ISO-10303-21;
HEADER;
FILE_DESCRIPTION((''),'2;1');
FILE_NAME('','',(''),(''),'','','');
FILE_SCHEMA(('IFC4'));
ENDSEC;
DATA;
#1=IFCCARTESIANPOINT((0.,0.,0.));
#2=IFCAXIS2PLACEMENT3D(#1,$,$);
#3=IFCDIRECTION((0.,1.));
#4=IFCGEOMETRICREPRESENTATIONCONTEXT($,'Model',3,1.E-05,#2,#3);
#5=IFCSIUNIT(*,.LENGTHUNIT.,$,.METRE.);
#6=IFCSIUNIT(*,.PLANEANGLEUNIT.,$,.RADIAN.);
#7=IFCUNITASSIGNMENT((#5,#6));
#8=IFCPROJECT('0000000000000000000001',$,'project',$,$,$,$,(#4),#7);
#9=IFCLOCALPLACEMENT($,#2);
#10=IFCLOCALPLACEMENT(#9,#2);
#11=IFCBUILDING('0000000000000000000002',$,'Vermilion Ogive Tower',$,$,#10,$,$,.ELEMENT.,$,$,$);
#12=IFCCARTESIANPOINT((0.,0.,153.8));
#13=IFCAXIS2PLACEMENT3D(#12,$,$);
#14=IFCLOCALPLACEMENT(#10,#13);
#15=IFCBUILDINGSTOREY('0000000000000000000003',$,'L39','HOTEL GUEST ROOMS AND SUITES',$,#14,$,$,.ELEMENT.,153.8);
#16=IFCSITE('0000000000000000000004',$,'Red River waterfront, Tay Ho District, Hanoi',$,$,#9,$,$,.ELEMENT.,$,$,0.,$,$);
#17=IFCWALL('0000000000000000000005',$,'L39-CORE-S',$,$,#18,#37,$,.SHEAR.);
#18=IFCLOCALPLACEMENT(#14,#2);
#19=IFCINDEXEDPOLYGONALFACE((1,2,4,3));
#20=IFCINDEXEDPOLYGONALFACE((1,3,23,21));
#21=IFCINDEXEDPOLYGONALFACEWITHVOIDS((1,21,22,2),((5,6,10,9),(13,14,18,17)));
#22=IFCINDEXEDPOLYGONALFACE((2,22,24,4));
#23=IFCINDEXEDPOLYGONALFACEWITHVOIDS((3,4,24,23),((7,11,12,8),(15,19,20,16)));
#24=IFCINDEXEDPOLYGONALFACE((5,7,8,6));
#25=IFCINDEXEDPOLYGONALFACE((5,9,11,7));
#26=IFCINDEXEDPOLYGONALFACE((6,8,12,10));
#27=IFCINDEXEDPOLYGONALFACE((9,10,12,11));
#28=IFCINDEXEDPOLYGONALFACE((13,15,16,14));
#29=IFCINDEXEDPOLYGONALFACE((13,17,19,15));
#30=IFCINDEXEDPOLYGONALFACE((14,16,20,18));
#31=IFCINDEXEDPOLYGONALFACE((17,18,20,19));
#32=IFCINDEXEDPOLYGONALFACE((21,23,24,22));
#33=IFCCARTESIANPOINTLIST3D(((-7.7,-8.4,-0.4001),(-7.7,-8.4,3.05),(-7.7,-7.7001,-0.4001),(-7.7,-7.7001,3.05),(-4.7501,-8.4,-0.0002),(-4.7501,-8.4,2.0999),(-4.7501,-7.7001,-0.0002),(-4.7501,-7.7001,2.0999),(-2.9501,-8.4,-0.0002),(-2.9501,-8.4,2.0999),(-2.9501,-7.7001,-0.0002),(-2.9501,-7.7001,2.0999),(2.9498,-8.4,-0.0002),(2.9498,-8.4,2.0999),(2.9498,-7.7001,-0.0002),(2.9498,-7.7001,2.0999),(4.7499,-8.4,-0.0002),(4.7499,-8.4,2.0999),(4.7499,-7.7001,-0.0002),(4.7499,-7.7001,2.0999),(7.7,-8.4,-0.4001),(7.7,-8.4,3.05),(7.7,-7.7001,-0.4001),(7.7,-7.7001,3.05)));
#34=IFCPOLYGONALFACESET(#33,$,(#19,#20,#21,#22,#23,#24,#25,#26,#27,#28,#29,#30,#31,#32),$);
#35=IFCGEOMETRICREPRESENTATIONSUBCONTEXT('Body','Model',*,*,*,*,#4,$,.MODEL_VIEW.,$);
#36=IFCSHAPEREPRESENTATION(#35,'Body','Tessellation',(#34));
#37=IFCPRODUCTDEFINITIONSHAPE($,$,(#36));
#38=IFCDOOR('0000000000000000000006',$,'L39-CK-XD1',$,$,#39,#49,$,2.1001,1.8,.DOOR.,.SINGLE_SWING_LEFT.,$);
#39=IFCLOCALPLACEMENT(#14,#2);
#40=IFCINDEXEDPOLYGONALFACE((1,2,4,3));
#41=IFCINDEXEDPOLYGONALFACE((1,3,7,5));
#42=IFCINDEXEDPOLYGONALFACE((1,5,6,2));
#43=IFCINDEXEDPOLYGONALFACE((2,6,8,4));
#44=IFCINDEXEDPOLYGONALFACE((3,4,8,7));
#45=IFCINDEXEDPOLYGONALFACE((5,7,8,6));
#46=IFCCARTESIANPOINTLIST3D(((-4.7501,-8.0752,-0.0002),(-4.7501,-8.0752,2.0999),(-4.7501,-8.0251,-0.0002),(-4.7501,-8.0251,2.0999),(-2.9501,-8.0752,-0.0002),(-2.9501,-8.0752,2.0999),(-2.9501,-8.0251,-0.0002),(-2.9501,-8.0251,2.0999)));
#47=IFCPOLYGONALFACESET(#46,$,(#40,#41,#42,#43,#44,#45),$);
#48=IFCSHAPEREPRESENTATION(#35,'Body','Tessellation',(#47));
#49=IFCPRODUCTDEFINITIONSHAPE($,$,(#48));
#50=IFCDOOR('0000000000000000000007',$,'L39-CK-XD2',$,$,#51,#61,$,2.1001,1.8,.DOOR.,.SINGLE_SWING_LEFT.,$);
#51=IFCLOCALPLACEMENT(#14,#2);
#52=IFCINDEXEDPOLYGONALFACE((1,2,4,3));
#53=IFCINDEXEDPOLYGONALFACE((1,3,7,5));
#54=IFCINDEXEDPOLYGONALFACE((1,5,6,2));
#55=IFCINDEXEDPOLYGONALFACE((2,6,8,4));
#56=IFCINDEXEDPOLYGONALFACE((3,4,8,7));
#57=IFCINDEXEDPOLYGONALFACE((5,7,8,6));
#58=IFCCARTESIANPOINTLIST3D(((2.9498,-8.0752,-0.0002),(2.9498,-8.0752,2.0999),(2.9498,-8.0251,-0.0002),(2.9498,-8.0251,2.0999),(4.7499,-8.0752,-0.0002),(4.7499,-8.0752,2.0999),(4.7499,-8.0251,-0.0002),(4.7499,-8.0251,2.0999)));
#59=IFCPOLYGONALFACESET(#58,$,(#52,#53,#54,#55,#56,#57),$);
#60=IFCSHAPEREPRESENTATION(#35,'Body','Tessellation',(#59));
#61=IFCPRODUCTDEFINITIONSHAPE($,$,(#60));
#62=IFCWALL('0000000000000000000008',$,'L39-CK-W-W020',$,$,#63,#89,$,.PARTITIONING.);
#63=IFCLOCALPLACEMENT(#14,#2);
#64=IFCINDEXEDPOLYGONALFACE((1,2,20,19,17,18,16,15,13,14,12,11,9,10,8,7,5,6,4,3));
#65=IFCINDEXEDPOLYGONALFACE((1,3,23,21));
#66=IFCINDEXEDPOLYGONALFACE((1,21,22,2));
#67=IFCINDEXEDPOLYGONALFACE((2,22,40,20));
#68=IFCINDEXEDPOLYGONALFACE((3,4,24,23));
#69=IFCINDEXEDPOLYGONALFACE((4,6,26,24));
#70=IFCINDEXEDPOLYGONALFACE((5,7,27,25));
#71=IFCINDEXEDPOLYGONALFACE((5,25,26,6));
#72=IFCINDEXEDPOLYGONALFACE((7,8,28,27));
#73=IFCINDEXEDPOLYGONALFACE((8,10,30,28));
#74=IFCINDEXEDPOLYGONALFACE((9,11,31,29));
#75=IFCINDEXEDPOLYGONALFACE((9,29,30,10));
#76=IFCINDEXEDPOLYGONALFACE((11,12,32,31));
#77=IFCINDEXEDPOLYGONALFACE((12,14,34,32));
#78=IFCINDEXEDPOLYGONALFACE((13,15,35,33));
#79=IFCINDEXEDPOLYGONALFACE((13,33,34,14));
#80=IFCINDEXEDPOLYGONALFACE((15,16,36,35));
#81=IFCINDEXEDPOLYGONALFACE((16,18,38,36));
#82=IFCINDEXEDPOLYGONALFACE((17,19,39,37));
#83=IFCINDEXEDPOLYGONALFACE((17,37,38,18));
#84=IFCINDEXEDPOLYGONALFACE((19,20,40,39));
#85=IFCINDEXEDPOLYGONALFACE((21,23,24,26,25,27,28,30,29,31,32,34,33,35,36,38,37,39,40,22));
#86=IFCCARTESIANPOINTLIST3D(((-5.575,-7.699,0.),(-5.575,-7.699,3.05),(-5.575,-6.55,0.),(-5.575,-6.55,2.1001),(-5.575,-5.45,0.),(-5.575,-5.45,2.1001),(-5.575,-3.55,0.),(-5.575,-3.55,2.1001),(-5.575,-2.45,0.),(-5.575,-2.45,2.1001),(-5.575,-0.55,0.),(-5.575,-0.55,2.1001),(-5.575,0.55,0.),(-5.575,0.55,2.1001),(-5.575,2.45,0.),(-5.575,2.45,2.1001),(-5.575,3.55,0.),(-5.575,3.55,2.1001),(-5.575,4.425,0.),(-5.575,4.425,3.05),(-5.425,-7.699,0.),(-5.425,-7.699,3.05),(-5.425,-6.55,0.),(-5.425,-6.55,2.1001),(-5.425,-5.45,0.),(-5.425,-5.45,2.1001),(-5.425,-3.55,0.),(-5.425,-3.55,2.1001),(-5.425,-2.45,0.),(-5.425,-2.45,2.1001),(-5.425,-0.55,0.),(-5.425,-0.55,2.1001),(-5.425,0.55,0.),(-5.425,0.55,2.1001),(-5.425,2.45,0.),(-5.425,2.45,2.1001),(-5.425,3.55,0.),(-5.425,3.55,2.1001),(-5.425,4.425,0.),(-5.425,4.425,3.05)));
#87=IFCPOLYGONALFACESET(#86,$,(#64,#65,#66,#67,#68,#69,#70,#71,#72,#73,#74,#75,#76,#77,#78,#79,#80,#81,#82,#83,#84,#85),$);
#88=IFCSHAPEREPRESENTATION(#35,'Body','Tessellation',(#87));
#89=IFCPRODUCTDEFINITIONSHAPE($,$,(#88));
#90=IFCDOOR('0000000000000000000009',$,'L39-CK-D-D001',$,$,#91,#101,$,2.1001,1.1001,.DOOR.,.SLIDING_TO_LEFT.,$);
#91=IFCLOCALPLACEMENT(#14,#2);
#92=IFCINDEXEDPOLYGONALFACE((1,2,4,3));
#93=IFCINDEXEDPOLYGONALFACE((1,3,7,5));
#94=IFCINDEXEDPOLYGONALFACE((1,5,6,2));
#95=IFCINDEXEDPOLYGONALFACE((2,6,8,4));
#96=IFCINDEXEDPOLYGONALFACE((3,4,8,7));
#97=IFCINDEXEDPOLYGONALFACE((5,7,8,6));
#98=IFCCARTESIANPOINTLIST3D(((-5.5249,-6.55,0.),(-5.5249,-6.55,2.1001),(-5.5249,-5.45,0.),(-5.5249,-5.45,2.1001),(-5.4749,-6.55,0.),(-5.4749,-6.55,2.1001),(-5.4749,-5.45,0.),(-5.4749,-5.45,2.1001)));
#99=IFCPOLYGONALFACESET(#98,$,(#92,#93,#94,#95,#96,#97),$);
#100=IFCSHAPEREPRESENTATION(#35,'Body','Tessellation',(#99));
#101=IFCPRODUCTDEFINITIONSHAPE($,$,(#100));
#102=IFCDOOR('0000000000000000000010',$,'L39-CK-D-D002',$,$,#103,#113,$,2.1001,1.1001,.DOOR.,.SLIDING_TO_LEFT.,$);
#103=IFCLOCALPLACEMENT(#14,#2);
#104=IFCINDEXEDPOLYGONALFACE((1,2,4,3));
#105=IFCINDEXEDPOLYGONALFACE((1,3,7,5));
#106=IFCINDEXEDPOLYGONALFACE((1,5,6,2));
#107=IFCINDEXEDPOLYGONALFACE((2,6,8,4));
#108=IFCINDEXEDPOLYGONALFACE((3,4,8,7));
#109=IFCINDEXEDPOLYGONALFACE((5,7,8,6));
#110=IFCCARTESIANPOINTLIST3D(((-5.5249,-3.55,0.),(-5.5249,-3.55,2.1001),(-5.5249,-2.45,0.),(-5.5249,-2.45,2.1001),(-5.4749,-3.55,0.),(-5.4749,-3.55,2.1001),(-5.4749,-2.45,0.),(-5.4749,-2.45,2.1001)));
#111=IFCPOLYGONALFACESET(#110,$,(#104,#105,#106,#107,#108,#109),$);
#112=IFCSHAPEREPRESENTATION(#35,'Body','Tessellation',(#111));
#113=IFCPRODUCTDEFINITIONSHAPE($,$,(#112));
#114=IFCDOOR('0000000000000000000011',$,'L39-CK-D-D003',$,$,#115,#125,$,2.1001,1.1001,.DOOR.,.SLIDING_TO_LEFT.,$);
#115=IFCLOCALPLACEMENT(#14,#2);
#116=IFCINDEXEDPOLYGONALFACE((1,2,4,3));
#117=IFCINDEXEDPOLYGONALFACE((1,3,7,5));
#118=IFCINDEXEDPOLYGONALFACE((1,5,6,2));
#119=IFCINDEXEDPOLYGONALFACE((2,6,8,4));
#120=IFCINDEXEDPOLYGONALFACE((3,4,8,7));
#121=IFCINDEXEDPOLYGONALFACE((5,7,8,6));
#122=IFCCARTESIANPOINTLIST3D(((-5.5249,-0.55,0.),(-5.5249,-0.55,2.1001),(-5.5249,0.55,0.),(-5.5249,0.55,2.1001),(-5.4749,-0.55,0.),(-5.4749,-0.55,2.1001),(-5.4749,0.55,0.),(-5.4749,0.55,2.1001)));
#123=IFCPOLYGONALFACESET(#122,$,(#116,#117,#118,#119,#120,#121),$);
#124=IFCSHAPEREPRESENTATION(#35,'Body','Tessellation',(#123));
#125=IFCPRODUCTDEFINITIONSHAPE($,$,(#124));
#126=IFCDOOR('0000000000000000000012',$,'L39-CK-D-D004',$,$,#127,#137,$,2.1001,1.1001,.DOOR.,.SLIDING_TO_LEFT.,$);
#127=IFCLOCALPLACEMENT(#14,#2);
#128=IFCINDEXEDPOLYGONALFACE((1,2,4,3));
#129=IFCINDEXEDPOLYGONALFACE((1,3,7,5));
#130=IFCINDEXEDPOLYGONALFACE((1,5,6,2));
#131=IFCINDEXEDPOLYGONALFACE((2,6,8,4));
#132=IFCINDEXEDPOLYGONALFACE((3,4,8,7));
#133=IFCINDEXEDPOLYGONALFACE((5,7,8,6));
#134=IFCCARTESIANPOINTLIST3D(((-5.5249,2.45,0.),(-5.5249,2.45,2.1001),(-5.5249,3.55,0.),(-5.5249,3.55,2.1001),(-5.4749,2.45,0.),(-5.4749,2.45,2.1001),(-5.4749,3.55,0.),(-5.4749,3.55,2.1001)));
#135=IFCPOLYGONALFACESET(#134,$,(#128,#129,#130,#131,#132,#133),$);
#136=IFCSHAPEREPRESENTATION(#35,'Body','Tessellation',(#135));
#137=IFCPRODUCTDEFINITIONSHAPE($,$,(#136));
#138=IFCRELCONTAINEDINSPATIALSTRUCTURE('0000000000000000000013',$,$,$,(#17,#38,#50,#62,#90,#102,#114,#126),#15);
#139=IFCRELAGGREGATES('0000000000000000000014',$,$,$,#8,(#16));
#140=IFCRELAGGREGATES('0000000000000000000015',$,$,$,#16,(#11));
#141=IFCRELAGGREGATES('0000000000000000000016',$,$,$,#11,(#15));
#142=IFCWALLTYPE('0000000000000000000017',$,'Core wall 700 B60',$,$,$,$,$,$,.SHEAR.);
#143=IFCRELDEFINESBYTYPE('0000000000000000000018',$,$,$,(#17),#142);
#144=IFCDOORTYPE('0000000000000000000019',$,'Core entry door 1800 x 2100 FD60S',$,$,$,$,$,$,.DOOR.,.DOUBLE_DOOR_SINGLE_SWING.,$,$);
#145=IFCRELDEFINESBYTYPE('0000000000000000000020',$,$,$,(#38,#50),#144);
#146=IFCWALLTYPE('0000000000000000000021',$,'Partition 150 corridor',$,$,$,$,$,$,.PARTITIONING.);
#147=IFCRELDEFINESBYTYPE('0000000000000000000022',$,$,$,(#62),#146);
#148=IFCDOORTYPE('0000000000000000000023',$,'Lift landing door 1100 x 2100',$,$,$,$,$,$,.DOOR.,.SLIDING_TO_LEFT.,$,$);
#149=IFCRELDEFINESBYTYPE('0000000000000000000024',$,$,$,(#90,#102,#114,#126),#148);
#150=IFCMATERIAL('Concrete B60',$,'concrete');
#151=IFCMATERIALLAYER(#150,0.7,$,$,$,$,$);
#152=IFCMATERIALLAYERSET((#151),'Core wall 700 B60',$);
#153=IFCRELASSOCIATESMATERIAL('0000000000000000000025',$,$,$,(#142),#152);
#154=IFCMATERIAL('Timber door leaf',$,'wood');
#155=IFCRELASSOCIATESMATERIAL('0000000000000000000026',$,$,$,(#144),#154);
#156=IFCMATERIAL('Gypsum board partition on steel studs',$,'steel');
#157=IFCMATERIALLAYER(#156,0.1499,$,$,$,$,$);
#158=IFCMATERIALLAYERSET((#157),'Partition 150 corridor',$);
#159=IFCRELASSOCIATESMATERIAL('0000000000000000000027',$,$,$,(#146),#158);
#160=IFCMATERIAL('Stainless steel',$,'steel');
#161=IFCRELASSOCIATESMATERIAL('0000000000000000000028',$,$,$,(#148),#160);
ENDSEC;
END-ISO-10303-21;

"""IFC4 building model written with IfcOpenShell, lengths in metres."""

from ifc_helpers import new_model, si_unit, direction, frame, frame_2d, origin, place, context, subcontext, project, spatial, rectangle, extrude, material, layer, layer_set, type_object, element, fill, save


model = new_model("IFC4")

# Units and contexts
model_context = context("Model", 3, precision=1e-05, world=origin(), true_north=direction((0.0, 1.0)))
body_context = subcontext(model_context, "Body", "Model", "MODEL_VIEW")
ifc_project = project(units=[si_unit("LENGTHUNIT", "METRE"), si_unit("PLANEANGLEUNIT", "RADIAN")], contexts=[model_context])

# Site, building, storey
site_placement = place(None, origin())
site = spatial("IfcSite", under=ifc_project, at=site_placement, Name="Red River waterfront, Tay Ho District, Hanoi", CompositionType="ELEMENT", RefElevation=0.0)
building_placement = place(site_placement, origin())
building = spatial("IfcBuilding", under=site, at=building_placement, Name="Vermilion Ogive Tower", CompositionType="ELEMENT")
storey_placement = place(building_placement, frame((0.0, 0.0, 153.8)))
storey = spatial("IfcBuildingStorey", under=building, at=storey_placement, Name="L39", Description="HOTEL GUEST ROOMS AND SUITES", CompositionType="ELEMENT", Elevation=153.8)

# Walls, openings, doors
ifc_material_1 = material(Name="Concrete B60", Category="concrete")
ifc_layer_1 = layer(ifc_material_1, 0.7)
ifc_layer_set_1 = layer_set([ifc_layer_1], Name="Core wall 700 B60")
wall_type_1 = type_object("IfcWallType", Name="Core wall 700 B60", PredefinedType="SHEAR", material=ifc_layer_set_1)
wall_1_placement = place(storey_placement, frame((-7.7, -8.05, -0.4001), z_axis=(0.0, 0.0, 1.0), x_axis=(1.0, 0.0, 0.0)))
wall_1 = element("IfcWall", 1, at=wall_1_placement, inside=storey, type_object=wall_type_1, Name="L39-CORE-S", PredefinedType="SHEAR", context=body_context, shape_type="SweptSolid", body=[
    extrude(rectangle(XDim=15.3999, YDim=0.7, at=frame_2d((7.7, 0.0))), origin(), (0.0, 0.0, 1.0), 3.4502),
])
opening_1_placement = place(wall_1_placement, frame((2.95, 0.0, 0.3999)))
opening_1 = element("IfcOpeningElement", 2, at=opening_1_placement, cuts=wall_1, PredefinedType="OPENING", context=body_context, shape_type="SweptSolid", body=[
    extrude(rectangle(XDim=1.8, YDim=2.1001, at=frame_2d((0.8999, 1.05))), frame((0.0, 0.3599, 0.0), z_axis=(0.0, -1.0, 0.0), x_axis=(1.0, 0.0, 0.0)), (0.0, 0.0, 1.0), 0.72),
])
opening_2_placement = place(wall_1_placement, frame((10.6499, 0.0, 0.3999)))
opening_2 = element("IfcOpeningElement", 3, at=opening_2_placement, cuts=wall_1, PredefinedType="OPENING", context=body_context, shape_type="SweptSolid", body=[
    extrude(rectangle(XDim=1.8, YDim=2.1001, at=frame_2d((0.8999, 1.05))), frame((0.0, 0.3599, 0.0), z_axis=(0.0, -1.0, 0.0), x_axis=(1.0, 0.0, 0.0)), (0.0, 0.0, 1.0), 0.72),
])
ifc_material_2 = material(Name="Timber door leaf", Category="wood")
door_type_1 = type_object("IfcDoorType", Name="Core entry door 1800 x 2100 FD60S", OperationType="DOUBLE_DOOR_SINGLE_SWING", PredefinedType="DOOR", material=ifc_material_2)
door_1_placement = place(opening_1_placement, origin())
door_1 = element("IfcDoor", 4, at=door_1_placement, inside=storey, type_object=door_type_1, Name="L39-CK-XD1", OperationType="SINGLE_SWING_LEFT", OverallHeight=2.1001, OverallWidth=1.8, PredefinedType="DOOR", context=body_context, shape_type="SweptSolid", body=[
    extrude(rectangle(XDim=1.8, YDim=2.1001, at=frame_2d((0.8999, 1.05))), frame((0.0, 0.0249, 0.0), z_axis=(0.0, -1.0, 0.0), x_axis=(1.0, 0.0, 0.0)), (0.0, 0.0, 1.0), 0.05),
])
fill(opening_1, door_1)
door_2_placement = place(opening_2_placement, origin())
door_2 = element("IfcDoor", 5, at=door_2_placement, inside=storey, type_object=door_type_1, Name="L39-CK-XD2", OperationType="SINGLE_SWING_LEFT", OverallHeight=2.1001, OverallWidth=1.8, PredefinedType="DOOR", context=body_context, shape_type="SweptSolid", body=[
    extrude(rectangle(XDim=1.8, YDim=2.1001, at=frame_2d((0.8999, 1.05))), frame((0.0, 0.0249, 0.0), z_axis=(0.0, -1.0, 0.0), x_axis=(1.0, 0.0, 0.0)), (0.0, 0.0, 1.0), 0.05),
])
fill(opening_2, door_2)
ifc_material_3 = material(Name="Gypsum board partition on steel studs", Category="steel")
ifc_layer_2 = layer(ifc_material_3, 0.1499)
ifc_layer_set_2 = layer_set([ifc_layer_2], Name="Partition 150 corridor")
wall_type_2 = type_object("IfcWallType", Name="Partition 150 corridor", PredefinedType="PARTITIONING", material=ifc_layer_set_2)
wall_2_placement = place(storey_placement, frame((-5.5, -7.699, 0.0), z_axis=(0.0, 0.0, 1.0), x_axis=(0.0, 1.0, 0.0)))
wall_2 = element("IfcWall", 6, at=wall_2_placement, inside=storey, type_object=wall_type_2, Name="L39-CK-W-W020", PredefinedType="PARTITIONING", context=body_context, shape_type="SweptSolid", body=[
    extrude(rectangle(XDim=12.124, YDim=0.1499, at=frame_2d((6.062, 0.0))), origin(), (0.0, 0.0, 1.0), 3.05),
])
opening_3_placement = place(wall_2_placement, frame((1.1489, 0.0, 0.0)))
opening_3 = element("IfcOpeningElement", 7, at=opening_3_placement, cuts=wall_2, PredefinedType="OPENING", context=body_context, shape_type="SweptSolid", body=[
    extrude(rectangle(XDim=1.1001, YDim=2.1001, at=frame_2d((0.55, 1.05))), frame((0.0, 0.085, 0.0), z_axis=(0.0, -1.0, 0.0), x_axis=(1.0, 0.0, 0.0)), (0.0, 0.0, 1.0), 0.1699),
])
opening_4_placement = place(wall_2_placement, frame((4.1489, 0.0, 0.0)))
opening_4 = element("IfcOpeningElement", 8, at=opening_4_placement, cuts=wall_2, PredefinedType="OPENING", context=body_context, shape_type="SweptSolid", body=[
    extrude(rectangle(XDim=1.1001, YDim=2.1001, at=frame_2d((0.55, 1.05))), frame((0.0, 0.085, 0.0), z_axis=(0.0, -1.0, 0.0), x_axis=(1.0, 0.0, 0.0)), (0.0, 0.0, 1.0), 0.1699),
])
opening_5_placement = place(wall_2_placement, frame((7.1489, 0.0, 0.0)))
opening_5 = element("IfcOpeningElement", 9, at=opening_5_placement, cuts=wall_2, PredefinedType="OPENING", context=body_context, shape_type="SweptSolid", body=[
    extrude(rectangle(XDim=1.1001, YDim=2.1001, at=frame_2d((0.55, 1.05))), frame((0.0, 0.085, 0.0), z_axis=(0.0, -1.0, 0.0), x_axis=(1.0, 0.0, 0.0)), (0.0, 0.0, 1.0), 0.1699),
])
opening_6_placement = place(wall_2_placement, frame((10.1489, 0.0, 0.0)))
opening_6 = element("IfcOpeningElement", 10, at=opening_6_placement, cuts=wall_2, PredefinedType="OPENING", context=body_context, shape_type="SweptSolid", body=[
    extrude(rectangle(XDim=1.1001, YDim=2.1001, at=frame_2d((0.55, 1.05))), frame((0.0, 0.085, 0.0), z_axis=(0.0, -1.0, 0.0), x_axis=(1.0, 0.0, 0.0)), (0.0, 0.0, 1.0), 0.1699),
])
ifc_material_4 = material(Name="Stainless steel", Category="steel")
door_type_2 = type_object("IfcDoorType", Name="Lift landing door 1100 x 2100", OperationType="SLIDING_TO_LEFT", PredefinedType="DOOR", material=ifc_material_4)
door_3_placement = place(opening_3_placement, origin())
door_3 = element("IfcDoor", 11, at=door_3_placement, inside=storey, type_object=door_type_2, Name="L39-CK-D-D001", OperationType="SLIDING_TO_LEFT", OverallHeight=2.1001, OverallWidth=1.1001, PredefinedType="DOOR", context=body_context, shape_type="SweptSolid", body=[
    extrude(rectangle(XDim=1.1001, YDim=2.1001, at=frame_2d((0.55, 1.05))), frame((0.0, 0.0249, 0.0), z_axis=(0.0, -1.0, 0.0), x_axis=(1.0, 0.0, 0.0)), (0.0, 0.0, 1.0), 0.05),
])
fill(opening_3, door_3)
door_4_placement = place(opening_4_placement, origin())
door_4 = element("IfcDoor", 12, at=door_4_placement, inside=storey, type_object=door_type_2, Name="L39-CK-D-D002", OperationType="SLIDING_TO_LEFT", OverallHeight=2.1001, OverallWidth=1.1001, PredefinedType="DOOR", context=body_context, shape_type="SweptSolid", body=[
    extrude(rectangle(XDim=1.1001, YDim=2.1001, at=frame_2d((0.55, 1.05))), frame((0.0, 0.0249, 0.0), z_axis=(0.0, -1.0, 0.0), x_axis=(1.0, 0.0, 0.0)), (0.0, 0.0, 1.0), 0.05),
])
fill(opening_4, door_4)
door_5_placement = place(opening_5_placement, origin())
door_5 = element("IfcDoor", 13, at=door_5_placement, inside=storey, type_object=door_type_2, Name="L39-CK-D-D003", OperationType="SLIDING_TO_LEFT", OverallHeight=2.1001, OverallWidth=1.1001, PredefinedType="DOOR", context=body_context, shape_type="SweptSolid", body=[
    extrude(rectangle(XDim=1.1001, YDim=2.1001, at=frame_2d((0.55, 1.05))), frame((0.0, 0.0249, 0.0), z_axis=(0.0, -1.0, 0.0), x_axis=(1.0, 0.0, 0.0)), (0.0, 0.0, 1.0), 0.05),
])
fill(opening_5, door_5)
door_6_placement = place(opening_6_placement, origin())
door_6 = element("IfcDoor", 14, at=door_6_placement, inside=storey, type_object=door_type_2, Name="L39-CK-D-D004", OperationType="SLIDING_TO_LEFT", OverallHeight=2.1001, OverallWidth=1.1001, PredefinedType="DOOR", context=body_context, shape_type="SweptSolid", body=[
    extrude(rectangle(XDim=1.1001, YDim=2.1001, at=frame_2d((0.55, 1.05))), frame((0.0, 0.0249, 0.0), z_axis=(0.0, -1.0, 0.0), x_axis=(1.0, 0.0, 0.0)), (0.0, 0.0, 1.0), 0.05),
])
fill(opening_6, door_6)

save(model, "model.ifc")
